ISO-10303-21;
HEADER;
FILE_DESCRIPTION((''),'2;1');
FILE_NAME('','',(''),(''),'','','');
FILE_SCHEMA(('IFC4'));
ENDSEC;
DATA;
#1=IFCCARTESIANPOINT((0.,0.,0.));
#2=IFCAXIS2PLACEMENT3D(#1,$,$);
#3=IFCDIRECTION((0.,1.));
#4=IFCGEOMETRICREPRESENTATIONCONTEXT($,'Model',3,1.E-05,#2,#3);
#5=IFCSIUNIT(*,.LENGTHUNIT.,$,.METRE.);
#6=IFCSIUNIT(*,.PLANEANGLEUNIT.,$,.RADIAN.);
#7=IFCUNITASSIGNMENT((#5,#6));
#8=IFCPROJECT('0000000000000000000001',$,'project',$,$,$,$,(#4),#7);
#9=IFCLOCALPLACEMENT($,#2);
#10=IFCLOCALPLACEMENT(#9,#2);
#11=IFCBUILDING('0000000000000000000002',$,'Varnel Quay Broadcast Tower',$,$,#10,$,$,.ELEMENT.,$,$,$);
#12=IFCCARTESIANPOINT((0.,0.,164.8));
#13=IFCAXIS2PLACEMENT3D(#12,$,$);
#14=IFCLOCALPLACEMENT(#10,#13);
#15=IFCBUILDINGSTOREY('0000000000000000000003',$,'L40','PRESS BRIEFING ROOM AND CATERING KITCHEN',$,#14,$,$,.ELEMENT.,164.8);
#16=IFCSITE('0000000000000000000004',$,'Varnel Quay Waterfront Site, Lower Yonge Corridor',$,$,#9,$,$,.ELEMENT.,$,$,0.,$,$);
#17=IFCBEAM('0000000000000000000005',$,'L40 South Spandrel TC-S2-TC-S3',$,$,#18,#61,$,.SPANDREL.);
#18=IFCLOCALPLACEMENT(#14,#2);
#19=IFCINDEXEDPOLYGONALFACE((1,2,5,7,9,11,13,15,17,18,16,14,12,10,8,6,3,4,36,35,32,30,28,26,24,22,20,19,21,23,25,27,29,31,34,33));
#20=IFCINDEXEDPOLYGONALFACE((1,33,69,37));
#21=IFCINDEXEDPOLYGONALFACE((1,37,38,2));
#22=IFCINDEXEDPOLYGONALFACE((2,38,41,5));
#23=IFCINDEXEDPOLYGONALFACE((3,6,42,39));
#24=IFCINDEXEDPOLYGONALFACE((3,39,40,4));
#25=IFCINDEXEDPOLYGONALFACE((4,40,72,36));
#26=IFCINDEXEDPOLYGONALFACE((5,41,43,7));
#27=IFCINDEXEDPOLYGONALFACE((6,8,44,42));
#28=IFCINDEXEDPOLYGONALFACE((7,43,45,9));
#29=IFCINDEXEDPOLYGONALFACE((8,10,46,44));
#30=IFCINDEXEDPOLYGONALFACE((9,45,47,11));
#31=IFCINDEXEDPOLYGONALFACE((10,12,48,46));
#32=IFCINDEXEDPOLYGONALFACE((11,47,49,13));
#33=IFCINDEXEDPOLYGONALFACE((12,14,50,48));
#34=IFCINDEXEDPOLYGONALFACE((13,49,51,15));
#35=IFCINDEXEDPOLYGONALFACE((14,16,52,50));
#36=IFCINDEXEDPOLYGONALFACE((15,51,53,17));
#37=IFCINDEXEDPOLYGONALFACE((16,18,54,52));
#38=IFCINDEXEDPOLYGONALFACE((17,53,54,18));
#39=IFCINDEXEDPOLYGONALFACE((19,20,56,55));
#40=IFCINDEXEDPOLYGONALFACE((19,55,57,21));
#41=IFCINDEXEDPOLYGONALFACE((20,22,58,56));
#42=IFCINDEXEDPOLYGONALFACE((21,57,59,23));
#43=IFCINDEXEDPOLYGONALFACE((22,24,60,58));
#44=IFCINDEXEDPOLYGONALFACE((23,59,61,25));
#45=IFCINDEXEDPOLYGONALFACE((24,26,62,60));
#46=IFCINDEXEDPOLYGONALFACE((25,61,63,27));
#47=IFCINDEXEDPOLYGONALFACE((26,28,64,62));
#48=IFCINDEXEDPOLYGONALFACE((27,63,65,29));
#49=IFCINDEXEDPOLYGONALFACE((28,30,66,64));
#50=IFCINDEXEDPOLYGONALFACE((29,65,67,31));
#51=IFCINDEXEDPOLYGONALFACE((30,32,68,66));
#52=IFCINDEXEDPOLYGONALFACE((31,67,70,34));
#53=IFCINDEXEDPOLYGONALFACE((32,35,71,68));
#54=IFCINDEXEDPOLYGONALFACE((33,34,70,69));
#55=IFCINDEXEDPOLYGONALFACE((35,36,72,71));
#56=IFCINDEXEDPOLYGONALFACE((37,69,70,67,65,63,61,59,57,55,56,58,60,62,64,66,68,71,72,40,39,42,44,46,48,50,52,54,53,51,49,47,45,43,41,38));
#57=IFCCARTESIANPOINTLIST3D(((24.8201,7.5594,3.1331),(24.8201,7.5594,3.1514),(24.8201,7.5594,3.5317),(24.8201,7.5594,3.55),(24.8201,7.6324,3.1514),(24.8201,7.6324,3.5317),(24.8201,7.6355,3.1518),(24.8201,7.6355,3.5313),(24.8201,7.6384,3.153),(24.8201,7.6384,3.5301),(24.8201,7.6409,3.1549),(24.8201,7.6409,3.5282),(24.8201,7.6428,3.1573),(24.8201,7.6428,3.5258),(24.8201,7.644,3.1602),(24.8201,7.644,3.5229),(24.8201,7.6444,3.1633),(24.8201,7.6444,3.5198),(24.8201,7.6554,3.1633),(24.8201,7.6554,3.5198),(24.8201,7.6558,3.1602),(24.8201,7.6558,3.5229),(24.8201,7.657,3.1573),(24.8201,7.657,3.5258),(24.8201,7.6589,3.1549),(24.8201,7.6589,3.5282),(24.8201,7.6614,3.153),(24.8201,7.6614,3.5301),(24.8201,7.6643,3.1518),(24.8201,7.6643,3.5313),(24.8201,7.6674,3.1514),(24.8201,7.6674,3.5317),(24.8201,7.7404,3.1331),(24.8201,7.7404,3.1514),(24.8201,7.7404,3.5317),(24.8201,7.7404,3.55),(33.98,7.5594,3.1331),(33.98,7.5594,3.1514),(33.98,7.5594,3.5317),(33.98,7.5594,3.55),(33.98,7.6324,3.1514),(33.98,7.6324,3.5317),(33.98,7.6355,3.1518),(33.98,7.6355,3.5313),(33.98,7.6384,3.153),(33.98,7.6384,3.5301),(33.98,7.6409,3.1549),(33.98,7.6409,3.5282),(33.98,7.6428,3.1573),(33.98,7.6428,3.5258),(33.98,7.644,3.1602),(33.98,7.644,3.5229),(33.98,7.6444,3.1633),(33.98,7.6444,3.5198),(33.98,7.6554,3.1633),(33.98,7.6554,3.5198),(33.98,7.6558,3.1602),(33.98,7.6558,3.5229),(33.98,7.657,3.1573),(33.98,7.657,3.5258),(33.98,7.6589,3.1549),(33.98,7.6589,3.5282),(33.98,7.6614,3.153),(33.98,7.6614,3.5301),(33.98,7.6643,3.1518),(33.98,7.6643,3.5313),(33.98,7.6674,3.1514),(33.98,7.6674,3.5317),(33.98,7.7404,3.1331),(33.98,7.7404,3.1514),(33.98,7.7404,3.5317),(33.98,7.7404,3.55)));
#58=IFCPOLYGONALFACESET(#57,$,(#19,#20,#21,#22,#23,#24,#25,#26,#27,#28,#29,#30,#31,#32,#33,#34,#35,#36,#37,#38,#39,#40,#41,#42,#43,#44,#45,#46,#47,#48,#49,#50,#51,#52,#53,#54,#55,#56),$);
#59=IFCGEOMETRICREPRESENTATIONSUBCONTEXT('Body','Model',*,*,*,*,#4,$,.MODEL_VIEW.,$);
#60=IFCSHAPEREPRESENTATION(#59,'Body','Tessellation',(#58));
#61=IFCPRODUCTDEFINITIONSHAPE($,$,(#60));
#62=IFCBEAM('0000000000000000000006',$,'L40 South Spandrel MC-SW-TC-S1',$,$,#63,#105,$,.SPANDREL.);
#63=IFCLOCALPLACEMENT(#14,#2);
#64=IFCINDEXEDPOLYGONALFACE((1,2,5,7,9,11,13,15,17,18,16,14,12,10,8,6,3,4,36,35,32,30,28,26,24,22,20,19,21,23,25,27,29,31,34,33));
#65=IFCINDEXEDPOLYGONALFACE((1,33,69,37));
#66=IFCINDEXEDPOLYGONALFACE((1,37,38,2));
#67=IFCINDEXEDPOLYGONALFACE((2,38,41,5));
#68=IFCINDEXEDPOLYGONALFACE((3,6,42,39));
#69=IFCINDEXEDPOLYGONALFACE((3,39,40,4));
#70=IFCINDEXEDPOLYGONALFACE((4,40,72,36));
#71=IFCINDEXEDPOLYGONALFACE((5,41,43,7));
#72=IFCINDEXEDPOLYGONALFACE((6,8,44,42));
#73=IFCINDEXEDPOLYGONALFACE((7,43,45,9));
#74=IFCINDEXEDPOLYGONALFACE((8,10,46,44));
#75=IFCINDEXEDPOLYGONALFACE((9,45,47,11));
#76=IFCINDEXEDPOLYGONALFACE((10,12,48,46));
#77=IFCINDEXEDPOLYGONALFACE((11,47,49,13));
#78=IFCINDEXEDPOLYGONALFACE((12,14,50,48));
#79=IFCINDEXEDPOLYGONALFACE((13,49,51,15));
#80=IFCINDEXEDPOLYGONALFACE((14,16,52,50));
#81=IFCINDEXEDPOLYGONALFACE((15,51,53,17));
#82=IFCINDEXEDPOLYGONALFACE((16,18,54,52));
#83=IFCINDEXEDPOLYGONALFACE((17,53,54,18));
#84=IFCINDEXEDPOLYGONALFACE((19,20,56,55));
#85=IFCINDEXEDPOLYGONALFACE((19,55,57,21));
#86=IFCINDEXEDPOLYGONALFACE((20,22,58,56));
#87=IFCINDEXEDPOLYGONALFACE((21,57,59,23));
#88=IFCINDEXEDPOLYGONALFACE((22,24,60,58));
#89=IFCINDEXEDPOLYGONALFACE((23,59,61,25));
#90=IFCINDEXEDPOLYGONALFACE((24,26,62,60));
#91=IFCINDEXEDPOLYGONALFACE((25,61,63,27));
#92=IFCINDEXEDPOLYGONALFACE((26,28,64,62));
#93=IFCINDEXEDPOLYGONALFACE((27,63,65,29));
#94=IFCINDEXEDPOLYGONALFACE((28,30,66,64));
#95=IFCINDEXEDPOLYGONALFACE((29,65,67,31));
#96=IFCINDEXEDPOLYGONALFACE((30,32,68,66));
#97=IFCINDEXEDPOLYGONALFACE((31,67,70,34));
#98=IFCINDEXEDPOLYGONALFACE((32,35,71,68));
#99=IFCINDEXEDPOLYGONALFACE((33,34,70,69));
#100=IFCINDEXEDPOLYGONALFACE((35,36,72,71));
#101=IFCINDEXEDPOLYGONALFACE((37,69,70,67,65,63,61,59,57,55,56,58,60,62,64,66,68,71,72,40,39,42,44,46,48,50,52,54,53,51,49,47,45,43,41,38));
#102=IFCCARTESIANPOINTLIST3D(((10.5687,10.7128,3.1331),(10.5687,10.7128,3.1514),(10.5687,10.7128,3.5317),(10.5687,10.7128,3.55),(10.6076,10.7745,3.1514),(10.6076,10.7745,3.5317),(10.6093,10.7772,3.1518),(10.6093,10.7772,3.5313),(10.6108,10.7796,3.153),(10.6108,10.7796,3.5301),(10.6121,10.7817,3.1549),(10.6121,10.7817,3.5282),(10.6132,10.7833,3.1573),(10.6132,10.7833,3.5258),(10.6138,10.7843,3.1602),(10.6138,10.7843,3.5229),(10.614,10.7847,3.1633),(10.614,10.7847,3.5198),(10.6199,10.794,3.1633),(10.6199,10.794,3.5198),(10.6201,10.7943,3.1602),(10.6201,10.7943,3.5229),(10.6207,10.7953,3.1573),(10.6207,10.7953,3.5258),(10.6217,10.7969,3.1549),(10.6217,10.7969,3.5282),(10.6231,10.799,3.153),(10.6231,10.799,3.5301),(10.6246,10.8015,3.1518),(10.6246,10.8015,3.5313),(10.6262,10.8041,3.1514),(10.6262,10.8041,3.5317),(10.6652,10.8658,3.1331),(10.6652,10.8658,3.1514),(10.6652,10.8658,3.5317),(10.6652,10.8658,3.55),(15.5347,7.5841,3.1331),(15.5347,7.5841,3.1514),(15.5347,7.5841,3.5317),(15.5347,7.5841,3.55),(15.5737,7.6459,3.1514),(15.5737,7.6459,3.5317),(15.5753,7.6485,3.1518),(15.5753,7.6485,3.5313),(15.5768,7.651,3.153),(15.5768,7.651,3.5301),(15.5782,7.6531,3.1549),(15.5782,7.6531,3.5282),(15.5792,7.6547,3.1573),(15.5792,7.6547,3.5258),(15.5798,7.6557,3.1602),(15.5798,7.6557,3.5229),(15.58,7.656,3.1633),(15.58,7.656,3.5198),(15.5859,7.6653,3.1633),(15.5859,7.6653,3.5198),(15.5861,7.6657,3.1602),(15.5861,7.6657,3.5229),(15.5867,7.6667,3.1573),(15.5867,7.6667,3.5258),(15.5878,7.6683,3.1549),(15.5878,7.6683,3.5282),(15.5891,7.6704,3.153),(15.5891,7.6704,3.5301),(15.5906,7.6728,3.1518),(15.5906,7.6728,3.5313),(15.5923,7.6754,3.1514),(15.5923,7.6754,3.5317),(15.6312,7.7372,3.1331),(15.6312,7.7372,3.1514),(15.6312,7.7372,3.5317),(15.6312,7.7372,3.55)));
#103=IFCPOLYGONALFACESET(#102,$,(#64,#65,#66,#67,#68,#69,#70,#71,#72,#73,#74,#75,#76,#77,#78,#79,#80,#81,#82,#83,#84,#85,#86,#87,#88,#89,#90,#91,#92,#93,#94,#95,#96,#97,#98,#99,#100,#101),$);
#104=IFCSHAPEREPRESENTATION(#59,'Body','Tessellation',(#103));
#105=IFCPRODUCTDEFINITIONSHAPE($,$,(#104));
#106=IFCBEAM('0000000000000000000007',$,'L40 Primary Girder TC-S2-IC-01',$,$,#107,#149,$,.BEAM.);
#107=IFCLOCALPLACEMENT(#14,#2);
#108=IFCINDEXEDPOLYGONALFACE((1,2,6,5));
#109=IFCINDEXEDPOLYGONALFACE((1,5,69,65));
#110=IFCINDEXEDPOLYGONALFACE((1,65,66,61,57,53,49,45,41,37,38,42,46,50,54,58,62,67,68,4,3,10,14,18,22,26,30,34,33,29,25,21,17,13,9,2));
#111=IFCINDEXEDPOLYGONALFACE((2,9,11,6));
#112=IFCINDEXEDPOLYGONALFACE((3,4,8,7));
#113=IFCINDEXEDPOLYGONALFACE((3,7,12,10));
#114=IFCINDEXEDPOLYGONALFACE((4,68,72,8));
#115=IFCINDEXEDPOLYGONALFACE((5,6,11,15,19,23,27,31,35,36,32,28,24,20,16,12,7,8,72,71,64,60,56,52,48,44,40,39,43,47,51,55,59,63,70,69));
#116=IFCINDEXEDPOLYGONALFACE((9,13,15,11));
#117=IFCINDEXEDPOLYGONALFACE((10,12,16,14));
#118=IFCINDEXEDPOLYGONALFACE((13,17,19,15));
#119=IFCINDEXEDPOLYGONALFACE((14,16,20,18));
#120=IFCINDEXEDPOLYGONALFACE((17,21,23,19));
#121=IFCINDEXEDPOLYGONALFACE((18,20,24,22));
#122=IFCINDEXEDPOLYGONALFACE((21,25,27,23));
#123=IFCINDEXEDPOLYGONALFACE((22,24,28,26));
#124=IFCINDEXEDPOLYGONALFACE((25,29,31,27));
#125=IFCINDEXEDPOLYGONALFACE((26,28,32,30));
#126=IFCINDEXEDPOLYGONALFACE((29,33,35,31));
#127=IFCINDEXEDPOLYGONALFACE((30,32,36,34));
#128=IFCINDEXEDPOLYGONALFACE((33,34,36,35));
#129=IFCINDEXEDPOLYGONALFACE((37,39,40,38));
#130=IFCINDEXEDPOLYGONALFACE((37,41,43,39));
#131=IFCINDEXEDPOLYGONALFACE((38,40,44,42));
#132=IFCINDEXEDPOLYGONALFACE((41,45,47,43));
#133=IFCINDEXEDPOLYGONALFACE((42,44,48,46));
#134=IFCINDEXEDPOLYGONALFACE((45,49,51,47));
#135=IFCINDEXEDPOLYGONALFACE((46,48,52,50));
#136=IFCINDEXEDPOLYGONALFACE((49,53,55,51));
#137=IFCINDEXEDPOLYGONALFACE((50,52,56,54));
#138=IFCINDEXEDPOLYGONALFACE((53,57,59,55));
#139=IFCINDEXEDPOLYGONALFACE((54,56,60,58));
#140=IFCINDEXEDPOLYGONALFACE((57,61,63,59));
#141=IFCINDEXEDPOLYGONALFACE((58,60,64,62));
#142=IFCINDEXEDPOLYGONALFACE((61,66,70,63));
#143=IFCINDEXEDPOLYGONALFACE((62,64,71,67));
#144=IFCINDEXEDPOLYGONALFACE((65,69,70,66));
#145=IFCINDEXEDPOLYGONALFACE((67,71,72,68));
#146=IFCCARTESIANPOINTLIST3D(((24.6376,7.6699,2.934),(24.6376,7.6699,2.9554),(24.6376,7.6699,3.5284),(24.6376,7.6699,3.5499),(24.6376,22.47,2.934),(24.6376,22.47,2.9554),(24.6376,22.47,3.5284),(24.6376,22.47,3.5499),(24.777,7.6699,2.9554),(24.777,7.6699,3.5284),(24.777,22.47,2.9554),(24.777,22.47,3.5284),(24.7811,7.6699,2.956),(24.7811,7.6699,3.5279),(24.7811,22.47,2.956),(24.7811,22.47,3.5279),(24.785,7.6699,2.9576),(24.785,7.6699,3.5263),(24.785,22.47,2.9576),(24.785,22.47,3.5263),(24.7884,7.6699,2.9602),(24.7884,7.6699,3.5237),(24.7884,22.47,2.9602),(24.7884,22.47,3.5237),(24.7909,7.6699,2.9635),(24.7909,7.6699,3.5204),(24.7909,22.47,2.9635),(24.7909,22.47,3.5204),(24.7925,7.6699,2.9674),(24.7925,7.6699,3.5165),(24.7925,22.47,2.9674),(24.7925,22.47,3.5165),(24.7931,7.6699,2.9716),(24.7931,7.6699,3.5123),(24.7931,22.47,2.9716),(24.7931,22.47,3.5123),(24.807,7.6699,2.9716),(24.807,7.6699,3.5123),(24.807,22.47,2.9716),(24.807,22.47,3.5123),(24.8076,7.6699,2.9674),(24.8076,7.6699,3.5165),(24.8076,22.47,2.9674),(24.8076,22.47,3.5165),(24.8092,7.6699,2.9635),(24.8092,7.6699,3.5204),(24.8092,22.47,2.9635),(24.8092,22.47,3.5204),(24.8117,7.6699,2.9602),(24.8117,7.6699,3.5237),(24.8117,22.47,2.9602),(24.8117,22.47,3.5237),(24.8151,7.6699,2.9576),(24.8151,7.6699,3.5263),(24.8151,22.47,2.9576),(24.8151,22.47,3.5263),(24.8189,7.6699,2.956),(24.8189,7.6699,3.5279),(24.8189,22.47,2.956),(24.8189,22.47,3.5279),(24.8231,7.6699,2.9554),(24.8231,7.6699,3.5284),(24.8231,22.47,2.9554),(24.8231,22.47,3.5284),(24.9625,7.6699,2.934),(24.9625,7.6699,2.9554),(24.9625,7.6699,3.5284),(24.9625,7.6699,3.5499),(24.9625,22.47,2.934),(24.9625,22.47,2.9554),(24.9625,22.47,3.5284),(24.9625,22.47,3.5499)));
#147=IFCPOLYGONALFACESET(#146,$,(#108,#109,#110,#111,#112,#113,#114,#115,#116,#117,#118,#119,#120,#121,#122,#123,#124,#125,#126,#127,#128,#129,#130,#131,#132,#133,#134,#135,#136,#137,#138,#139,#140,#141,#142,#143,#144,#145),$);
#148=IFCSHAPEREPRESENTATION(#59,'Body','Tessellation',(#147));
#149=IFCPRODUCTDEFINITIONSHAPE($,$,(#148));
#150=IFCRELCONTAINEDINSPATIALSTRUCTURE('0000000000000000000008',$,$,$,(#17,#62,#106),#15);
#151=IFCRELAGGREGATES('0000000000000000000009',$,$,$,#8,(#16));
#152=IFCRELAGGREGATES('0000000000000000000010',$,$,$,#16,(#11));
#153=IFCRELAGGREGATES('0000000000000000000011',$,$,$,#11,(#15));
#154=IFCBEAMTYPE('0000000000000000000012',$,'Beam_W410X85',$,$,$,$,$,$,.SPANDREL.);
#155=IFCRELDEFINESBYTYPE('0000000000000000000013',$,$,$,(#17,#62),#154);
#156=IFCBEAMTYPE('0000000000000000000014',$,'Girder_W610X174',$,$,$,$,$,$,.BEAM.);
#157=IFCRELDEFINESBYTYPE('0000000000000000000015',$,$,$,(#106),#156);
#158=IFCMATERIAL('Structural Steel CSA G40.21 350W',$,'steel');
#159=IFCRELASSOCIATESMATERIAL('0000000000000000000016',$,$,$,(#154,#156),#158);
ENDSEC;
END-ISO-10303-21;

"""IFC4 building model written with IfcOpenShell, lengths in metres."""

from ifc_helpers import new_model, si_unit, direction, frame, origin, origin_2d, place, context, subcontext, project, spatial, i_section, extrude, source, transform, mapped, material, material_profile, profile_set, type_object, type_shapes, element, save


model = new_model("IFC4")

# Units and contexts
model_context = context("Model", 3, precision=1e-05, world=origin(), true_north=direction((0.0, 1.0)))
body_context = subcontext(model_context, "Body", "Model", "MODEL_VIEW")
ifc_project = project(units=[si_unit("LENGTHUNIT", "METRE"), si_unit("PLANEANGLEUNIT", "RADIAN")], contexts=[model_context])

# Site, building, storey
site_placement = place(None, origin())
site = spatial("IfcSite", under=ifc_project, at=site_placement, Name="Varnel Quay Waterfront Site, Lower Yonge Corridor", CompositionType="ELEMENT", RefElevation=0.0)
building_placement = place(site_placement, origin())
building = spatial("IfcBuilding", under=site, at=building_placement, Name="Varnel Quay Broadcast Tower", CompositionType="ELEMENT")
storey_placement = place(building_placement, frame((0.0, 0.0, 164.8)))
storey = spatial("IfcBuildingStorey", under=building, at=storey_placement, Name="L40", Description="PRESS BRIEFING ROOM AND CATERING KITCHEN", CompositionType="ELEMENT", Elevation=164.8)

# Shared definitions
ifc_material_1 = material(Name="Structural Steel CSA G40.21 350W", Category="steel")

# Beams
ifc_material_profile_1 = material_profile(ifc_material_1, i_section(OverallWidth=0.1809, OverallDepth=0.417, WebThickness=0.011, FlangeThickness=0.0183, FilletRadius=0.012, at=origin_2d()), Name="W410X85")
ifc_profile_set_1 = profile_set([ifc_material_profile_1], Name="Structural Steel CSA G40.21 350W")
beam_type_1 = type_object("IfcBeamType", Name="Beam_W410X85", PredefinedType="SPANDREL", material=ifc_profile_set_1)
shared_shape_1 = source(origin(), body_context, "Body", "SweptSolid", [
    extrude(i_section(OverallWidth=0.1809, OverallDepth=0.417, WebThickness=0.011, FlangeThickness=0.0183, FilletRadius=0.012, at=origin_2d()), origin(), (0.0, 0.0, 1.0), 9.1599),
])
for number, where, z_axis, x_axis, name in (
    (1, (24.8201, 7.6499, 3.3416), (1.0, 0.0, 0.0), (0.0, 1.0, 0.0), "L40 South Spandrel TC-S2-TC-S3"),
):
    element("IfcBeam", number, at=place(storey_placement, frame(where, z_axis=z_axis, x_axis=x_axis)), inside=storey, type_object=beam_type_1, Name=name, PredefinedType="SPANDREL", context=body_context, shape_type="MappedRepresentation", body=[
        mapped(shared_shape_1, transform((0.0, 0.0, 0.0), x_axis=(1.0, 0.0, 0.0), y_axis=(0.0, 1.0, 0.0), z_axis=(0.0, 0.0, 1.0), scale=1.0)),
    ])
shared_shape_2 = source(origin(), body_context, "Body", "SweptSolid", [
    extrude(i_section(OverallWidth=0.1809, OverallDepth=0.417, WebThickness=0.011, FlangeThickness=0.0183, FilletRadius=0.012, at=origin_2d()), origin(), (0.0, 0.0, 1.0), 5.8694),
])
type_shapes(beam_type_1, [shared_shape_1, shared_shape_2])
beam_1_placement = place(storey_placement, frame((10.6169, 10.7893, 3.3416), z_axis=(0.846088, -0.533043, 0.0), x_axis=(0.533043, 0.846088, 0.0)))
element("IfcBeam", 2, at=beam_1_placement, inside=storey, type_object=beam_type_1, Name="L40 South Spandrel MC-SW-TC-S1", PredefinedType="SPANDREL", context=body_context, shape_type="MappedRepresentation", body=[
    mapped(shared_shape_2, transform((0.0, 0.0, 0.0), x_axis=(1.0, 0.0, 0.0), y_axis=(0.0, 1.0, 0.0), z_axis=(0.0, 0.0, 1.0), scale=1.0)),
])
ifc_material_profile_2 = material_profile(ifc_material_1, i_section(OverallWidth=0.325, OverallDepth=0.616, WebThickness=0.0139, FlangeThickness=0.0215, FilletRadius=0.0161, at=origin_2d()), Name="W610X174")
ifc_profile_set_2 = profile_set([ifc_material_profile_2], Name="Structural Steel CSA G40.21 350W")
beam_type_2 = type_object("IfcBeamType", Name="Girder_W610X174", PredefinedType="BEAM", material=ifc_profile_set_2)
shared_shape_3 = source(origin(), body_context, "Body", "SweptSolid", [
    extrude(i_section(OverallWidth=0.325, OverallDepth=0.616, WebThickness=0.0139, FlangeThickness=0.0215, FilletRadius=0.0161, at=origin_2d()), origin(), (0.0, 0.0, 1.0), 14.8),
])
type_shapes(beam_type_2, [shared_shape_3])
beam_2_placement = place(storey_placement, frame((24.8, 7.6699, 3.2419), z_axis=(0.0, 1.0, 0.0), x_axis=(-1.0, 0.0, 0.0)))
element("IfcBeam", 3, at=beam_2_placement, inside=storey, type_object=beam_type_2, Name="L40 Primary Girder TC-S2-IC-01", PredefinedType="BEAM", context=body_context, shape_type="MappedRepresentation", body=[
    mapped(shared_shape_3, transform((0.0, 0.0, 0.0), x_axis=(1.0, 0.0, 0.0), y_axis=(0.0, 1.0, 0.0), z_axis=(0.0, 0.0, 1.0), scale=1.0)),
])

save(model, "model.ifc")
